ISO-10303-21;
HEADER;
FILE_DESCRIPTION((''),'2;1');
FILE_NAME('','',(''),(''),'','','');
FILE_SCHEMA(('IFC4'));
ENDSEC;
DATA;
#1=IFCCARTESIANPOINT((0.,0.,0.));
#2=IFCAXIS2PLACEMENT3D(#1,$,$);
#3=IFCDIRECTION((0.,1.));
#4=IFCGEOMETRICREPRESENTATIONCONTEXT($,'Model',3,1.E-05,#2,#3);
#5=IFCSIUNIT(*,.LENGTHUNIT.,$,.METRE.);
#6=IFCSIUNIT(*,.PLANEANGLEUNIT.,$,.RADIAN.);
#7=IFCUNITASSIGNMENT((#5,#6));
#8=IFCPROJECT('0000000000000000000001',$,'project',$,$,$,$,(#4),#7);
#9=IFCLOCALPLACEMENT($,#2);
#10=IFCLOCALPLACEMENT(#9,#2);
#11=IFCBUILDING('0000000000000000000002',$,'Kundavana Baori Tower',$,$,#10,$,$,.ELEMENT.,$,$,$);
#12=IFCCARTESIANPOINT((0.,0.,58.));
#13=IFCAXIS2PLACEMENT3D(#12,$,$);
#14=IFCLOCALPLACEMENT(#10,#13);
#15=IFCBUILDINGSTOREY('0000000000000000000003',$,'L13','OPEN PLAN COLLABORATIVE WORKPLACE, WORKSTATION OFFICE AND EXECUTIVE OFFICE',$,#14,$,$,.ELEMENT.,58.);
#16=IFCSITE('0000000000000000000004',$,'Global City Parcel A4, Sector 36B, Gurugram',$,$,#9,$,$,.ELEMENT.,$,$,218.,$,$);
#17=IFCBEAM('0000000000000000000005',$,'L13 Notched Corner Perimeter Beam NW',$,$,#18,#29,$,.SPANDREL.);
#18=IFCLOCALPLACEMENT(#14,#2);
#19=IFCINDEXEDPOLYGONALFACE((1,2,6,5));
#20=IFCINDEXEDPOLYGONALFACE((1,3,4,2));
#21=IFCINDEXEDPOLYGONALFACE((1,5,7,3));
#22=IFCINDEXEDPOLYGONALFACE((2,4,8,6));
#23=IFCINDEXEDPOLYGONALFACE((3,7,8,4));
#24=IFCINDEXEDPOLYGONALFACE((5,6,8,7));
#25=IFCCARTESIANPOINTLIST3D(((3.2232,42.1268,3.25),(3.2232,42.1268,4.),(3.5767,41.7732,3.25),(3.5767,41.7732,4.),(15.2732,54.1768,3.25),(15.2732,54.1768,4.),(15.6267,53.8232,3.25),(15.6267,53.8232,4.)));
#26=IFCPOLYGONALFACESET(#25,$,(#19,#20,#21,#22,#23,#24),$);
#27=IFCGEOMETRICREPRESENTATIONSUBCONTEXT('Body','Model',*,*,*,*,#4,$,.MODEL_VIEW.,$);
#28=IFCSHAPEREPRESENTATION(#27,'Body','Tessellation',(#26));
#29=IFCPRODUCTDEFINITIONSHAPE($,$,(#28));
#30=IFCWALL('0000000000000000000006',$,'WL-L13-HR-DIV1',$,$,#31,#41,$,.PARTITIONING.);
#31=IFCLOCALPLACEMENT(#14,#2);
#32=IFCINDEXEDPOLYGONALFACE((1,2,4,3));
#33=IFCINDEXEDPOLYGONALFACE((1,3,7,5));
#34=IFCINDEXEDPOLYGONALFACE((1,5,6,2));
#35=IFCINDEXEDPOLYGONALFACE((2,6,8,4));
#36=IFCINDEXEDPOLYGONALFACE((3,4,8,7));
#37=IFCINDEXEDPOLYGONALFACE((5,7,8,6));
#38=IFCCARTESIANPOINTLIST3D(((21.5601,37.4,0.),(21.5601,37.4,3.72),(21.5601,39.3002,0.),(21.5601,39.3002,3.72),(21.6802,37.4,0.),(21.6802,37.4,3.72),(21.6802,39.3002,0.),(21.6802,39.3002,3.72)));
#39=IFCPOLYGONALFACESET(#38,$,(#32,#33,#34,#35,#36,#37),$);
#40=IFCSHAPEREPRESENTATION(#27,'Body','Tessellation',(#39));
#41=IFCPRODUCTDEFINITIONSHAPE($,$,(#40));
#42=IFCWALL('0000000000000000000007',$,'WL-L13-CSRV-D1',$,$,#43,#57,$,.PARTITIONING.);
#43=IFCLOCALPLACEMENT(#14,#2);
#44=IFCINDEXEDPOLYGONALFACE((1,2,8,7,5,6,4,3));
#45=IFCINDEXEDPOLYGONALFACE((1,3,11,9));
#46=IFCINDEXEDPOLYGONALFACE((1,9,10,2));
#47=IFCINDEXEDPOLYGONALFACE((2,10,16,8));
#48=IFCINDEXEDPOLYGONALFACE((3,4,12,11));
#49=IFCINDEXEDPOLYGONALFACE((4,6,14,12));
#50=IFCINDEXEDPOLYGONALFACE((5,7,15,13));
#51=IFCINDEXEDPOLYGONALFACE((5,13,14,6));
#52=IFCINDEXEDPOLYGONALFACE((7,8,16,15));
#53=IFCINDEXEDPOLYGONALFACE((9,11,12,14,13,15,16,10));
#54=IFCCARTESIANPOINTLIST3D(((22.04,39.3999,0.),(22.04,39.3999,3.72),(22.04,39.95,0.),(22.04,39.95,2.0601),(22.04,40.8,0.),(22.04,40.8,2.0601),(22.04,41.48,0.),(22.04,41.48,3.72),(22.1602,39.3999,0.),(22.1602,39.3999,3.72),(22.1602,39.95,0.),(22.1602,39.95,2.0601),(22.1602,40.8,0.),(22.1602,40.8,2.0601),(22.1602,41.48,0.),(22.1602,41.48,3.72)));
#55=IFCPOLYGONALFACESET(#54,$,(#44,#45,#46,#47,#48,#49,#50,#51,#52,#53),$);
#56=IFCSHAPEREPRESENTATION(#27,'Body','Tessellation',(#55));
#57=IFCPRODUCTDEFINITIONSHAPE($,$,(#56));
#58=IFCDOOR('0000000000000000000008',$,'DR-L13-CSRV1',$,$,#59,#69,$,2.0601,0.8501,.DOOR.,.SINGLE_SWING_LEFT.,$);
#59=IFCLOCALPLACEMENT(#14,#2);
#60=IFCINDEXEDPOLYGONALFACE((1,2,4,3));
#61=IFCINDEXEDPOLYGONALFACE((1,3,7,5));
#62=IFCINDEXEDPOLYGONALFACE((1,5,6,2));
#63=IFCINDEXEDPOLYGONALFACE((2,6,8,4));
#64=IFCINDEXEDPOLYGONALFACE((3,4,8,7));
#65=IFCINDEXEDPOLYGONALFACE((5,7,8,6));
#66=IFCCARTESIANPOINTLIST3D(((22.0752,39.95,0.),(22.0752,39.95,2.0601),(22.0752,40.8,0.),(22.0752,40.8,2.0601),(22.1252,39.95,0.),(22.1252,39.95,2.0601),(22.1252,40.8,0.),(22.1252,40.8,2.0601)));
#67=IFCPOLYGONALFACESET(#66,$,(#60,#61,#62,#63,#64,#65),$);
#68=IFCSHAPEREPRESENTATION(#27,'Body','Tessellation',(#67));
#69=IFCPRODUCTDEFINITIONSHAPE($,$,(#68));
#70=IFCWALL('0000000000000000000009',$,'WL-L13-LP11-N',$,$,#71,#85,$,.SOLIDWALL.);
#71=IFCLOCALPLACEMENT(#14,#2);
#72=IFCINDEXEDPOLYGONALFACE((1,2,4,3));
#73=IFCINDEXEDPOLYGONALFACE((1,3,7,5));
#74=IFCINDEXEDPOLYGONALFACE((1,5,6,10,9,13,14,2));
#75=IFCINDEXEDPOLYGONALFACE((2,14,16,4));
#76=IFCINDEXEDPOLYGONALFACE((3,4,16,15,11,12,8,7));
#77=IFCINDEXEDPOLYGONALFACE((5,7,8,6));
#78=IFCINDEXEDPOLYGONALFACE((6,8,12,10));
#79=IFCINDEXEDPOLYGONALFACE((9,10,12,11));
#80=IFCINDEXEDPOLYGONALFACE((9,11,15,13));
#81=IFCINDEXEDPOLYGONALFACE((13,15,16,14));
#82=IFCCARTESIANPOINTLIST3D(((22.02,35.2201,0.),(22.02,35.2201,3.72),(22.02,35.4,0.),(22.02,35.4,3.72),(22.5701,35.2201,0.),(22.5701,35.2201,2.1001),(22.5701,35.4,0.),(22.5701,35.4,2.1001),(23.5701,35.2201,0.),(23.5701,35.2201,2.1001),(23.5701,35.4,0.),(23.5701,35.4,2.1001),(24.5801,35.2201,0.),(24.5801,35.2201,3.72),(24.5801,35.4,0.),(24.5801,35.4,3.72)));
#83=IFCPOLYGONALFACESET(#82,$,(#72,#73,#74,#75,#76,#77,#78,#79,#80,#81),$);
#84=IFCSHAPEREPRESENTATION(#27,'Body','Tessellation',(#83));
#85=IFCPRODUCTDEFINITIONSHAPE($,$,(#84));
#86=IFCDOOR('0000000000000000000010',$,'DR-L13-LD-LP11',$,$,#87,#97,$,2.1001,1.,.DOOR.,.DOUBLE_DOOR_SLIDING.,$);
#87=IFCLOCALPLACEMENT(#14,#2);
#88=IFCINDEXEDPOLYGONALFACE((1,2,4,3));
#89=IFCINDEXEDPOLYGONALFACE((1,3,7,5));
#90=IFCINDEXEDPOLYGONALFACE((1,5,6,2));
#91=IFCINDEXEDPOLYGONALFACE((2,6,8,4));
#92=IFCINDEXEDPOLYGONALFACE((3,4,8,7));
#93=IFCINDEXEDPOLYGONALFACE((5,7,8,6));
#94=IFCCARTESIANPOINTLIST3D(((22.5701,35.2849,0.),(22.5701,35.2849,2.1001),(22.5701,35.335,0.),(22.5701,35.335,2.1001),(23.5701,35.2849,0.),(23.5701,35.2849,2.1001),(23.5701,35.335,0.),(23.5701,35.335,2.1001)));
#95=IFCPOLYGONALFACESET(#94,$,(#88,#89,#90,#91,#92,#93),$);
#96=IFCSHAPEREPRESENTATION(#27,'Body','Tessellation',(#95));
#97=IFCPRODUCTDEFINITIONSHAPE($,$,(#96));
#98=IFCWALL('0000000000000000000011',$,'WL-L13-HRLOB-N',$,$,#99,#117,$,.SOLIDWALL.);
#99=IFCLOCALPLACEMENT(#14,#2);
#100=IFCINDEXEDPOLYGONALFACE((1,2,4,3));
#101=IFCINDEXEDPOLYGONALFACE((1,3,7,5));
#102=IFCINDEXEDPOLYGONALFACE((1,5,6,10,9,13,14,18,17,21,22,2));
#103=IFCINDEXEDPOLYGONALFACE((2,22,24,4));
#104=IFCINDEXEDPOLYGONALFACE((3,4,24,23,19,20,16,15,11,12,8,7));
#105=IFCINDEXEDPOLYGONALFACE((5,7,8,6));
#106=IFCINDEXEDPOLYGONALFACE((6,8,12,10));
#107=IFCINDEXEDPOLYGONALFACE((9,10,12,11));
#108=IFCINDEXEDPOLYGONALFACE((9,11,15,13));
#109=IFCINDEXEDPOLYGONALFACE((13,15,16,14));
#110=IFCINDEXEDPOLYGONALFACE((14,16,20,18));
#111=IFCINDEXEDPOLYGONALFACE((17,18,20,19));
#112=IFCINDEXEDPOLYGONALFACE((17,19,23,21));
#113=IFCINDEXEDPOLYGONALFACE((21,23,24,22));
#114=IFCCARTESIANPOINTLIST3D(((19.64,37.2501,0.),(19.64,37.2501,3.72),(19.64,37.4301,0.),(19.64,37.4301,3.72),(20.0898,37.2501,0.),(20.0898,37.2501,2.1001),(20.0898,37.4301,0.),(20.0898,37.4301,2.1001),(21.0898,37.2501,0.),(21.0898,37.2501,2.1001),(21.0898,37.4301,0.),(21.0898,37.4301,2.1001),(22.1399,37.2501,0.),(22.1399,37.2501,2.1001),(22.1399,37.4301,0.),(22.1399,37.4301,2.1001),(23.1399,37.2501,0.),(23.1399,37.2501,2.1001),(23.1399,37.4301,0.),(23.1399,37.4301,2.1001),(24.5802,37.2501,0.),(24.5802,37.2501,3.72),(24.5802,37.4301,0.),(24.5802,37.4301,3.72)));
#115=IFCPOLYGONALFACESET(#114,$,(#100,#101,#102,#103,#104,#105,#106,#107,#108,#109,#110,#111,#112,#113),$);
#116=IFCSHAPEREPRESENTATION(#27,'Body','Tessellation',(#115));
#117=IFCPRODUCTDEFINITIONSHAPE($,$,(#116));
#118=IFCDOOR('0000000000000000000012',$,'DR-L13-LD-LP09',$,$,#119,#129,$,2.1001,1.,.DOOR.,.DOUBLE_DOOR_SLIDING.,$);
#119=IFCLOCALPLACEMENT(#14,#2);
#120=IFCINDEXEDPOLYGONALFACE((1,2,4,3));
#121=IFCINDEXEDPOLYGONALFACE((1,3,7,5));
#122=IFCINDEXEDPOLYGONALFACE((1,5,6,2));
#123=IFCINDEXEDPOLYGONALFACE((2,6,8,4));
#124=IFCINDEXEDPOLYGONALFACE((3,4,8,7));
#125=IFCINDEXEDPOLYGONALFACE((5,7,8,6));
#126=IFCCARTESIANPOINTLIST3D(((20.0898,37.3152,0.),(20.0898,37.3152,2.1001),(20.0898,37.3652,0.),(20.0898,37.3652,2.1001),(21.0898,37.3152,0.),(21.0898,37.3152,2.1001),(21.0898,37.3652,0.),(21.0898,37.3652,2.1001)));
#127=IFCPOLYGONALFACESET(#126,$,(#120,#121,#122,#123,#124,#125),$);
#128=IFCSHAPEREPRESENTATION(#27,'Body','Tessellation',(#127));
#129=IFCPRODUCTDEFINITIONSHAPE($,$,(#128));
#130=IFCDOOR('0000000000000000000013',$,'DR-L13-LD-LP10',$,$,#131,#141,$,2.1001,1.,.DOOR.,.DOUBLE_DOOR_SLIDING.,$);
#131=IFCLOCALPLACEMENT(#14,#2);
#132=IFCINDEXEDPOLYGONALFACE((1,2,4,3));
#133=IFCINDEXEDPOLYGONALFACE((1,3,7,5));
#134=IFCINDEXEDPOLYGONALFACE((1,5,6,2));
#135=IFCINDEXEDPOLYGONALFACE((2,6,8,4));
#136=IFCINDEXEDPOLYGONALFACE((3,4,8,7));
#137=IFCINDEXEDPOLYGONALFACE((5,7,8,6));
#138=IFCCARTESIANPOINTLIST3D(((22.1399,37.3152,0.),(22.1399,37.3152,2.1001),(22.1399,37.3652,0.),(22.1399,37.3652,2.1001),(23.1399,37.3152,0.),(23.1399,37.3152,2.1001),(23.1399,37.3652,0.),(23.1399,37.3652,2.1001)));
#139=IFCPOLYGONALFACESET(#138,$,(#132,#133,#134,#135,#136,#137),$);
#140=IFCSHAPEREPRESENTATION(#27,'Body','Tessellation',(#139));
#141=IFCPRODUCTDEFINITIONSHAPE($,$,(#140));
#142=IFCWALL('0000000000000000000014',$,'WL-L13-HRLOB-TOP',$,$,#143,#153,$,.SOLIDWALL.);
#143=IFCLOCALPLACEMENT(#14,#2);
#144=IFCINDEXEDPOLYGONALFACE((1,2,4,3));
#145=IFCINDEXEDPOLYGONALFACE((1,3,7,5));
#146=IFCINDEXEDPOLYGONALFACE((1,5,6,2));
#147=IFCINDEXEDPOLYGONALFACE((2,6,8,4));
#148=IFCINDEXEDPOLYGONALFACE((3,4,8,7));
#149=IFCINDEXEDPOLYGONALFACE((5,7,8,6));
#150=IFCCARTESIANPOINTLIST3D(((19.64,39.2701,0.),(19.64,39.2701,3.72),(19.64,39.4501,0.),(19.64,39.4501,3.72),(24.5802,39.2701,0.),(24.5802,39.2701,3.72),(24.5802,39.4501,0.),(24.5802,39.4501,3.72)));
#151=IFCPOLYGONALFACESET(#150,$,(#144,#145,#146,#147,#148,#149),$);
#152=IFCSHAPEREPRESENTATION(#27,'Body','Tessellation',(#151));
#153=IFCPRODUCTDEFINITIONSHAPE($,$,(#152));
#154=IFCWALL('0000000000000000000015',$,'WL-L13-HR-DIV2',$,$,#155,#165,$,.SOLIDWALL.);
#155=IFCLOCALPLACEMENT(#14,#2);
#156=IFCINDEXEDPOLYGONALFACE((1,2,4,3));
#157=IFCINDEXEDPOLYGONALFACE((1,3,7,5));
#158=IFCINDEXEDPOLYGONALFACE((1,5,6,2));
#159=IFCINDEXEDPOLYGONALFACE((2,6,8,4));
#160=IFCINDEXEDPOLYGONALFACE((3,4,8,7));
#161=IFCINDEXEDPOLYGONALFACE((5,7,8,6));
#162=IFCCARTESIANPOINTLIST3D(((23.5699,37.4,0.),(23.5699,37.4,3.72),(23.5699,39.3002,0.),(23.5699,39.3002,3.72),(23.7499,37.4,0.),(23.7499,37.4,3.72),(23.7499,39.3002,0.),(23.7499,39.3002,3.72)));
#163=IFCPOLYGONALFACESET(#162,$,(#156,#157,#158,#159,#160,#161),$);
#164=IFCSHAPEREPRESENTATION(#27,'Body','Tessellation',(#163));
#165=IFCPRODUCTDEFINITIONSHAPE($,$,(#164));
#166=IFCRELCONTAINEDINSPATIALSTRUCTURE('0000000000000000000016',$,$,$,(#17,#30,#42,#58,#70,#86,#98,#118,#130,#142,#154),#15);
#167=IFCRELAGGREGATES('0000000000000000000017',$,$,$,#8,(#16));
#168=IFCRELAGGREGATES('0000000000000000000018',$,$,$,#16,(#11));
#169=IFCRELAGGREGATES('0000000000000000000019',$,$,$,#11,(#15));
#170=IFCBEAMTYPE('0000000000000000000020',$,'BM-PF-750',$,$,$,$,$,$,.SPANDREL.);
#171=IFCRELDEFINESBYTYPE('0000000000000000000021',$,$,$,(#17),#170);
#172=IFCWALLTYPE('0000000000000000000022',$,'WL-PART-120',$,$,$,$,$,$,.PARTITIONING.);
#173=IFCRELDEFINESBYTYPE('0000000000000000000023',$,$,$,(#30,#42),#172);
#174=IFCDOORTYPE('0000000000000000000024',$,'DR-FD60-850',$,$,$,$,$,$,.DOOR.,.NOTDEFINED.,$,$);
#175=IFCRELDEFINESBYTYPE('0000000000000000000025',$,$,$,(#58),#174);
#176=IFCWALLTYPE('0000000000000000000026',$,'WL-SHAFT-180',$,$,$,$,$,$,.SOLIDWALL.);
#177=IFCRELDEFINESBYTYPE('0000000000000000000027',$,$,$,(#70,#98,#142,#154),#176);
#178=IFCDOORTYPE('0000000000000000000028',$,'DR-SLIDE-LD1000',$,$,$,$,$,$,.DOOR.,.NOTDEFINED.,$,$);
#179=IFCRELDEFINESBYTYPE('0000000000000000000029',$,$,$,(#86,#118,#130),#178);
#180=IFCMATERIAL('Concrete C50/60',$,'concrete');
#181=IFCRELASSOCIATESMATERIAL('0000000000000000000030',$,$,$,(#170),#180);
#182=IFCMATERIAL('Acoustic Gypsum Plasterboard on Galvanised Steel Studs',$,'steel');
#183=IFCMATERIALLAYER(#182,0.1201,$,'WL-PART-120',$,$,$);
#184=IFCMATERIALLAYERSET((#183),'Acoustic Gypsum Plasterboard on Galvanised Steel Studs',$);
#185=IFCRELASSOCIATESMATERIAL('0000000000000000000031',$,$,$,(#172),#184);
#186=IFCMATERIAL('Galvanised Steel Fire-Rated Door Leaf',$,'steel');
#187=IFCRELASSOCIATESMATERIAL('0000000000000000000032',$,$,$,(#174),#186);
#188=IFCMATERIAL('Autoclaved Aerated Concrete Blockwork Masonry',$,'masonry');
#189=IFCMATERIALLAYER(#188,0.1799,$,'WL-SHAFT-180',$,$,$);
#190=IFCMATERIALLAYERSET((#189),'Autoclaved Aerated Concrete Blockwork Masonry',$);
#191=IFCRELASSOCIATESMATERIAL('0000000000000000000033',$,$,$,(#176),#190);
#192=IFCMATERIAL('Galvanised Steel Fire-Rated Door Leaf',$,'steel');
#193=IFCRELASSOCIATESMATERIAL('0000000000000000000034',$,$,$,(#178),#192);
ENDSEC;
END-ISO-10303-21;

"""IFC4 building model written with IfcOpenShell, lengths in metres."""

from ifc_helpers import new_model, si_unit, direction, frame, frame_2d, origin, origin_2d, place, context, subcontext, project, spatial, rectangle, extrude, material, layer, layer_set, material_profile, profile_set, type_object, element, fill, save


model = new_model("IFC4")

# Units and contexts
model_context = context("Model", 3, precision=1e-05, world=origin(), true_north=direction((0.0, 1.0)))
body_context = subcontext(model_context, "Body", "Model", "MODEL_VIEW")
ifc_project = project(units=[si_unit("LENGTHUNIT", "METRE"), si_unit("PLANEANGLEUNIT", "RADIAN")], contexts=[model_context])

# Site, building, storey
site_placement = place(None, origin())
site = spatial("IfcSite", under=ifc_project, at=site_placement, Name="Global City Parcel A4, Sector 36B, Gurugram", CompositionType="ELEMENT", RefElevation=218.0)
building_placement = place(site_placement, origin())
building = spatial("IfcBuilding", under=site, at=building_placement, Name="Kundavana Baori Tower", CompositionType="ELEMENT")
storey_placement = place(building_placement, frame((0.0, 0.0, 58.0)))
storey = spatial("IfcBuildingStorey", under=building, at=storey_placement, Name="L13", Description="OPEN PLAN COLLABORATIVE WORKPLACE, WORKSTATION OFFICE AND EXECUTIVE OFFICE", CompositionType="ELEMENT", Elevation=58.0)

# Beam
ifc_material_1 = material(Name="Concrete C50/60", Category="concrete")
ifc_material_profile = material_profile(ifc_material_1, rectangle(XDim=0.5, YDim=0.75, at=origin_2d()), Name="RC BM 500x750")
ifc_profile_set = profile_set([ifc_material_profile], Name="Concrete C50/60")
beam_type = type_object("IfcBeamType", Name="BM-PF-750", PredefinedType="SPANDREL", material=ifc_profile_set)
beam_placement = place(storey_placement, frame((15.45, 54.0, 3.625), z_axis=(-0.707107, -0.707107, 0.0), x_axis=(0.707107, -0.707107, 0.0)))
element("IfcBeam", 1, at=beam_placement, inside=storey, type_object=beam_type, Name="L13 Notched Corner Perimeter Beam NW", PredefinedType="SPANDREL", context=body_context, shape_type="SweptSolid", body=[
    extrude(rectangle(XDim=0.5, YDim=0.75, at=origin_2d()), origin(), (0.0, 0.0, 1.0), 17.0413),
])

# Wall
ifc_material_2 = material(Name="Acoustic Gypsum Plasterboard on Galvanised Steel Studs", Category="steel")
ifc_layer_1 = layer(ifc_material_2, 0.1201, Name="WL-PART-120")
ifc_layer_set_1 = layer_set([ifc_layer_1], Name="Acoustic Gypsum Plasterboard on Galvanised Steel Studs")
wall_type_1 = type_object("IfcWallType", Name="WL-PART-120", PredefinedType="PARTITIONING", material=ifc_layer_set_1)
wall_1_placement = place(storey_placement, frame((21.6201, 37.3999, 0.0), z_axis=(0.0, 0.0, 1.0), x_axis=(0.0, 1.0, 0.0)))
element("IfcWall", 2, at=wall_1_placement, inside=storey, type_object=wall_type_1, Name="WL-L13-HR-DIV1", PredefinedType="PARTITIONING", context=body_context, shape_type="SweptSolid", body=[
    extrude(rectangle(XDim=1.9001, YDim=0.1201, at=frame_2d((0.9502, 0.0))), origin(), (0.0, 0.0, 1.0), 3.72),
])

# Walls, openings, doors
wall_2_placement = place(storey_placement, frame((22.1001, 39.3999, 0.0), z_axis=(0.0, 0.0, 1.0), x_axis=(0.0, 1.0, 0.0)))
wall_2 = element("IfcWall", 3, at=wall_2_placement, inside=storey, type_object=wall_type_1, Name="WL-L13-CSRV-D1", PredefinedType="PARTITIONING", context=body_context, shape_type="SweptSolid", body=[
    extrude(rectangle(XDim=2.0801, YDim=0.1201, at=frame_2d((1.04, 0.0))), origin(), (0.0, 0.0, 1.0), 3.72),
])
opening_1_placement = place(wall_2_placement, frame((0.55, 0.0, 0.0)))
opening_1 = element("IfcOpeningElement", 4, at=opening_1_placement, cuts=wall_2, PredefinedType="OPENING", context=body_context, shape_type="SweptSolid", body=[
    extrude(rectangle(XDim=0.8501, YDim=2.0601, at=frame_2d((0.425, 1.03))), frame((0.0, 0.0701, 0.0), z_axis=(0.0, -1.0, 0.0), x_axis=(1.0, 0.0, 0.0)), (0.0, 0.0, 1.0), 0.1401),
])
ifc_material_3 = material(Name="Galvanised Steel Fire-Rated Door Leaf", Category="steel")
door_type_1 = type_object("IfcDoorType", Name="DR-FD60-850", OperationType="NOTDEFINED", PredefinedType="DOOR", material=ifc_material_3)
door_1_placement = place(opening_1_placement, origin())
door_1 = element("IfcDoor", 5, at=door_1_placement, inside=storey, type_object=door_type_1, Name="DR-L13-CSRV1", OperationType="SINGLE_SWING_LEFT", OverallHeight=2.0601, OverallWidth=0.8501, PredefinedType="DOOR", context=body_context, shape_type="SweptSolid", body=[
    extrude(rectangle(XDim=0.8501, YDim=2.0601, at=frame_2d((0.425, 1.03))), frame((0.0, 0.0249, 0.0), z_axis=(0.0, -1.0, 0.0), x_axis=(1.0, 0.0, 0.0)), (0.0, 0.0, 1.0), 0.05),
])
fill(opening_1, door_1)
ifc_material_4 = material(Name="Autoclaved Aerated Concrete Blockwork Masonry", Category="masonry")
ifc_layer_2 = layer(ifc_material_4, 0.1799, Name="WL-SHAFT-180")
ifc_layer_set_2 = layer_set([ifc_layer_2], Name="Autoclaved Aerated Concrete Blockwork Masonry")
wall_type_2 = type_object("IfcWallType", Name="WL-SHAFT-180", PredefinedType="SOLIDWALL", material=ifc_layer_set_2)
wall_3_placement = place(storey_placement, frame((22.02, 35.3101, 0.0), z_axis=(0.0, 0.0, 1.0), x_axis=(1.0, 0.0, 0.0)))
wall_3 = element("IfcWall", 6, at=wall_3_placement, inside=storey, type_object=wall_type_2, Name="WL-L13-LP11-N", PredefinedType="SOLIDWALL", context=body_context, shape_type="SweptSolid", body=[
    extrude(rectangle(XDim=2.5601, YDim=0.1799, at=frame_2d((1.28, 0.0))), origin(), (0.0, 0.0, 1.0), 3.72),
])
opening_2_placement = place(wall_3_placement, frame((0.55, 0.0, 0.0)))
opening_2 = element("IfcOpeningElement", 7, at=opening_2_placement, cuts=wall_3, PredefinedType="OPENING", context=body_context, shape_type="SweptSolid", body=[
    extrude(rectangle(XDim=1.0, YDim=2.1001, at=frame_2d((0.5, 1.05))), frame((0.0, 0.1001, 0.0), z_axis=(0.0, -1.0, 0.0), x_axis=(1.0, 0.0, 0.0)), (0.0, 0.0, 1.0), 0.2),
])
ifc_material_5 = material(Name="Galvanised Steel Fire-Rated Door Leaf", Category="steel")
door_type_2 = type_object("IfcDoorType", Name="DR-SLIDE-LD1000", OperationType="NOTDEFINED", PredefinedType="DOOR", material=ifc_material_5)
door_2_placement = place(opening_2_placement, origin())
door_2 = element("IfcDoor", 8, at=door_2_placement, inside=storey, type_object=door_type_2, Name="DR-L13-LD-LP11", OperationType="DOUBLE_DOOR_SLIDING", OverallHeight=2.1001, OverallWidth=1.0, PredefinedType="DOOR", context=body_context, shape_type="SweptSolid", body=[
    extrude(rectangle(XDim=1.0, YDim=2.1001, at=frame_2d((0.5, 1.05))), frame((0.0, 0.0249, 0.0), z_axis=(0.0, -1.0, 0.0), x_axis=(1.0, 0.0, 0.0)), (0.0, 0.0, 1.0), 0.05),
])
fill(opening_2, door_2)

# Wall, openings, doors
wall_4_placement = place(storey_placement, frame((19.6399, 37.3401, 0.0), z_axis=(0.0, 0.0, 1.0), x_axis=(1.0, 0.0, 0.0)))
wall_4 = element("IfcWall", 9, at=wall_4_placement, inside=storey, type_object=wall_type_2, Name="WL-L13-HRLOB-N", PredefinedType="SOLIDWALL", context=body_context, shape_type="SweptSolid", body=[
    extrude(rectangle(XDim=4.9402, YDim=0.1799, at=frame_2d((2.4702, 0.0))), origin(), (0.0, 0.0, 1.0), 3.72),
])
opening_3_placement = place(wall_4_placement, frame((0.45, 0.0, 0.0)))
opening_3 = element("IfcOpeningElement", 10, at=opening_3_placement, cuts=wall_4, PredefinedType="OPENING", context=body_context, shape_type="SweptSolid", body=[
    extrude(rectangle(XDim=1.0, YDim=2.1001, at=frame_2d((0.5, 1.05))), frame((0.0, 0.1001, 0.0), z_axis=(0.0, -1.0, 0.0), x_axis=(1.0, 0.0, 0.0)), (0.0, 0.0, 1.0), 0.2),
])
opening_4_placement = place(wall_4_placement, frame((2.5, 0.0, 0.0)))
opening_4 = element("IfcOpeningElement", 11, at=opening_4_placement, cuts=wall_4, PredefinedType="OPENING", context=body_context, shape_type="SweptSolid", body=[
    extrude(rectangle(XDim=1.0, YDim=2.1001, at=frame_2d((0.5, 1.05))), frame((0.0, 0.1001, 0.0), z_axis=(0.0, -1.0, 0.0), x_axis=(1.0, 0.0, 0.0)), (0.0, 0.0, 1.0), 0.2),
])
door_3_placement = place(opening_3_placement, frame((1.0, 0.0, 0.0), z_axis=(0.0, 0.0, 1.0), x_axis=(-1.0, 0.0, 0.0)))
door_3 = element("IfcDoor", 12, at=door_3_placement, inside=storey, type_object=door_type_2, Name="DR-L13-LD-LP09", OperationType="DOUBLE_DOOR_SLIDING", OverallHeight=2.1001, OverallWidth=1.0, PredefinedType="DOOR", context=body_context, shape_type="SweptSolid", body=[
    extrude(rectangle(XDim=1.0, YDim=2.1001, at=frame_2d((0.5, 1.05))), frame((0.0, 0.0249, 0.0), z_axis=(0.0, -1.0, 0.0), x_axis=(1.0, 0.0, 0.0)), (0.0, 0.0, 1.0), 0.05),
])
fill(opening_3, door_3)
door_4_placement = place(opening_4_placement, frame((1.0, 0.0, 0.0), z_axis=(0.0, 0.0, 1.0), x_axis=(-1.0, 0.0, 0.0)))
door_4 = element("IfcDoor", 13, at=door_4_placement, inside=storey, type_object=door_type_2, Name="DR-L13-LD-LP10", OperationType="DOUBLE_DOOR_SLIDING", OverallHeight=2.1001, OverallWidth=1.0, PredefinedType="DOOR", context=body_context, shape_type="SweptSolid", body=[
    extrude(rectangle(XDim=1.0, YDim=2.1001, at=frame_2d((0.5, 1.05))), frame((0.0, 0.0249, 0.0), z_axis=(0.0, -1.0, 0.0), x_axis=(1.0, 0.0, 0.0)), (0.0, 0.0, 1.0), 0.05),
])
fill(opening_4, door_4)

# Walls
wall_5_placement = place(storey_placement, frame((19.6399, 39.3601, 0.0), z_axis=(0.0, 0.0, 1.0), x_axis=(1.0, 0.0, 0.0)))
element("IfcWall", 14, at=wall_5_placement, inside=storey, type_object=wall_type_2, Name="WL-L13-HRLOB-TOP", PredefinedType="SOLIDWALL", context=body_context, shape_type="SweptSolid", body=[
    extrude(rectangle(XDim=4.9402, YDim=0.1799, at=frame_2d((2.4702, 0.0))), origin(), (0.0, 0.0, 1.0), 3.72),
])
wall_6_placement = place(storey_placement, frame((23.6599, 37.3999, 0.0), z_axis=(0.0, 0.0, 1.0), x_axis=(0.0, 1.0, 0.0)))
element("IfcWall", 15, at=wall_6_placement, inside=storey, type_object=wall_type_2, Name="WL-L13-HR-DIV2", PredefinedType="SOLIDWALL", context=body_context, shape_type="SweptSolid", body=[
    extrude(rectangle(XDim=1.9001, YDim=0.1799, at=frame_2d((0.9502, 0.0))), origin(), (0.0, 0.0, 1.0), 3.72),
])

save(model, "model.ifc")
